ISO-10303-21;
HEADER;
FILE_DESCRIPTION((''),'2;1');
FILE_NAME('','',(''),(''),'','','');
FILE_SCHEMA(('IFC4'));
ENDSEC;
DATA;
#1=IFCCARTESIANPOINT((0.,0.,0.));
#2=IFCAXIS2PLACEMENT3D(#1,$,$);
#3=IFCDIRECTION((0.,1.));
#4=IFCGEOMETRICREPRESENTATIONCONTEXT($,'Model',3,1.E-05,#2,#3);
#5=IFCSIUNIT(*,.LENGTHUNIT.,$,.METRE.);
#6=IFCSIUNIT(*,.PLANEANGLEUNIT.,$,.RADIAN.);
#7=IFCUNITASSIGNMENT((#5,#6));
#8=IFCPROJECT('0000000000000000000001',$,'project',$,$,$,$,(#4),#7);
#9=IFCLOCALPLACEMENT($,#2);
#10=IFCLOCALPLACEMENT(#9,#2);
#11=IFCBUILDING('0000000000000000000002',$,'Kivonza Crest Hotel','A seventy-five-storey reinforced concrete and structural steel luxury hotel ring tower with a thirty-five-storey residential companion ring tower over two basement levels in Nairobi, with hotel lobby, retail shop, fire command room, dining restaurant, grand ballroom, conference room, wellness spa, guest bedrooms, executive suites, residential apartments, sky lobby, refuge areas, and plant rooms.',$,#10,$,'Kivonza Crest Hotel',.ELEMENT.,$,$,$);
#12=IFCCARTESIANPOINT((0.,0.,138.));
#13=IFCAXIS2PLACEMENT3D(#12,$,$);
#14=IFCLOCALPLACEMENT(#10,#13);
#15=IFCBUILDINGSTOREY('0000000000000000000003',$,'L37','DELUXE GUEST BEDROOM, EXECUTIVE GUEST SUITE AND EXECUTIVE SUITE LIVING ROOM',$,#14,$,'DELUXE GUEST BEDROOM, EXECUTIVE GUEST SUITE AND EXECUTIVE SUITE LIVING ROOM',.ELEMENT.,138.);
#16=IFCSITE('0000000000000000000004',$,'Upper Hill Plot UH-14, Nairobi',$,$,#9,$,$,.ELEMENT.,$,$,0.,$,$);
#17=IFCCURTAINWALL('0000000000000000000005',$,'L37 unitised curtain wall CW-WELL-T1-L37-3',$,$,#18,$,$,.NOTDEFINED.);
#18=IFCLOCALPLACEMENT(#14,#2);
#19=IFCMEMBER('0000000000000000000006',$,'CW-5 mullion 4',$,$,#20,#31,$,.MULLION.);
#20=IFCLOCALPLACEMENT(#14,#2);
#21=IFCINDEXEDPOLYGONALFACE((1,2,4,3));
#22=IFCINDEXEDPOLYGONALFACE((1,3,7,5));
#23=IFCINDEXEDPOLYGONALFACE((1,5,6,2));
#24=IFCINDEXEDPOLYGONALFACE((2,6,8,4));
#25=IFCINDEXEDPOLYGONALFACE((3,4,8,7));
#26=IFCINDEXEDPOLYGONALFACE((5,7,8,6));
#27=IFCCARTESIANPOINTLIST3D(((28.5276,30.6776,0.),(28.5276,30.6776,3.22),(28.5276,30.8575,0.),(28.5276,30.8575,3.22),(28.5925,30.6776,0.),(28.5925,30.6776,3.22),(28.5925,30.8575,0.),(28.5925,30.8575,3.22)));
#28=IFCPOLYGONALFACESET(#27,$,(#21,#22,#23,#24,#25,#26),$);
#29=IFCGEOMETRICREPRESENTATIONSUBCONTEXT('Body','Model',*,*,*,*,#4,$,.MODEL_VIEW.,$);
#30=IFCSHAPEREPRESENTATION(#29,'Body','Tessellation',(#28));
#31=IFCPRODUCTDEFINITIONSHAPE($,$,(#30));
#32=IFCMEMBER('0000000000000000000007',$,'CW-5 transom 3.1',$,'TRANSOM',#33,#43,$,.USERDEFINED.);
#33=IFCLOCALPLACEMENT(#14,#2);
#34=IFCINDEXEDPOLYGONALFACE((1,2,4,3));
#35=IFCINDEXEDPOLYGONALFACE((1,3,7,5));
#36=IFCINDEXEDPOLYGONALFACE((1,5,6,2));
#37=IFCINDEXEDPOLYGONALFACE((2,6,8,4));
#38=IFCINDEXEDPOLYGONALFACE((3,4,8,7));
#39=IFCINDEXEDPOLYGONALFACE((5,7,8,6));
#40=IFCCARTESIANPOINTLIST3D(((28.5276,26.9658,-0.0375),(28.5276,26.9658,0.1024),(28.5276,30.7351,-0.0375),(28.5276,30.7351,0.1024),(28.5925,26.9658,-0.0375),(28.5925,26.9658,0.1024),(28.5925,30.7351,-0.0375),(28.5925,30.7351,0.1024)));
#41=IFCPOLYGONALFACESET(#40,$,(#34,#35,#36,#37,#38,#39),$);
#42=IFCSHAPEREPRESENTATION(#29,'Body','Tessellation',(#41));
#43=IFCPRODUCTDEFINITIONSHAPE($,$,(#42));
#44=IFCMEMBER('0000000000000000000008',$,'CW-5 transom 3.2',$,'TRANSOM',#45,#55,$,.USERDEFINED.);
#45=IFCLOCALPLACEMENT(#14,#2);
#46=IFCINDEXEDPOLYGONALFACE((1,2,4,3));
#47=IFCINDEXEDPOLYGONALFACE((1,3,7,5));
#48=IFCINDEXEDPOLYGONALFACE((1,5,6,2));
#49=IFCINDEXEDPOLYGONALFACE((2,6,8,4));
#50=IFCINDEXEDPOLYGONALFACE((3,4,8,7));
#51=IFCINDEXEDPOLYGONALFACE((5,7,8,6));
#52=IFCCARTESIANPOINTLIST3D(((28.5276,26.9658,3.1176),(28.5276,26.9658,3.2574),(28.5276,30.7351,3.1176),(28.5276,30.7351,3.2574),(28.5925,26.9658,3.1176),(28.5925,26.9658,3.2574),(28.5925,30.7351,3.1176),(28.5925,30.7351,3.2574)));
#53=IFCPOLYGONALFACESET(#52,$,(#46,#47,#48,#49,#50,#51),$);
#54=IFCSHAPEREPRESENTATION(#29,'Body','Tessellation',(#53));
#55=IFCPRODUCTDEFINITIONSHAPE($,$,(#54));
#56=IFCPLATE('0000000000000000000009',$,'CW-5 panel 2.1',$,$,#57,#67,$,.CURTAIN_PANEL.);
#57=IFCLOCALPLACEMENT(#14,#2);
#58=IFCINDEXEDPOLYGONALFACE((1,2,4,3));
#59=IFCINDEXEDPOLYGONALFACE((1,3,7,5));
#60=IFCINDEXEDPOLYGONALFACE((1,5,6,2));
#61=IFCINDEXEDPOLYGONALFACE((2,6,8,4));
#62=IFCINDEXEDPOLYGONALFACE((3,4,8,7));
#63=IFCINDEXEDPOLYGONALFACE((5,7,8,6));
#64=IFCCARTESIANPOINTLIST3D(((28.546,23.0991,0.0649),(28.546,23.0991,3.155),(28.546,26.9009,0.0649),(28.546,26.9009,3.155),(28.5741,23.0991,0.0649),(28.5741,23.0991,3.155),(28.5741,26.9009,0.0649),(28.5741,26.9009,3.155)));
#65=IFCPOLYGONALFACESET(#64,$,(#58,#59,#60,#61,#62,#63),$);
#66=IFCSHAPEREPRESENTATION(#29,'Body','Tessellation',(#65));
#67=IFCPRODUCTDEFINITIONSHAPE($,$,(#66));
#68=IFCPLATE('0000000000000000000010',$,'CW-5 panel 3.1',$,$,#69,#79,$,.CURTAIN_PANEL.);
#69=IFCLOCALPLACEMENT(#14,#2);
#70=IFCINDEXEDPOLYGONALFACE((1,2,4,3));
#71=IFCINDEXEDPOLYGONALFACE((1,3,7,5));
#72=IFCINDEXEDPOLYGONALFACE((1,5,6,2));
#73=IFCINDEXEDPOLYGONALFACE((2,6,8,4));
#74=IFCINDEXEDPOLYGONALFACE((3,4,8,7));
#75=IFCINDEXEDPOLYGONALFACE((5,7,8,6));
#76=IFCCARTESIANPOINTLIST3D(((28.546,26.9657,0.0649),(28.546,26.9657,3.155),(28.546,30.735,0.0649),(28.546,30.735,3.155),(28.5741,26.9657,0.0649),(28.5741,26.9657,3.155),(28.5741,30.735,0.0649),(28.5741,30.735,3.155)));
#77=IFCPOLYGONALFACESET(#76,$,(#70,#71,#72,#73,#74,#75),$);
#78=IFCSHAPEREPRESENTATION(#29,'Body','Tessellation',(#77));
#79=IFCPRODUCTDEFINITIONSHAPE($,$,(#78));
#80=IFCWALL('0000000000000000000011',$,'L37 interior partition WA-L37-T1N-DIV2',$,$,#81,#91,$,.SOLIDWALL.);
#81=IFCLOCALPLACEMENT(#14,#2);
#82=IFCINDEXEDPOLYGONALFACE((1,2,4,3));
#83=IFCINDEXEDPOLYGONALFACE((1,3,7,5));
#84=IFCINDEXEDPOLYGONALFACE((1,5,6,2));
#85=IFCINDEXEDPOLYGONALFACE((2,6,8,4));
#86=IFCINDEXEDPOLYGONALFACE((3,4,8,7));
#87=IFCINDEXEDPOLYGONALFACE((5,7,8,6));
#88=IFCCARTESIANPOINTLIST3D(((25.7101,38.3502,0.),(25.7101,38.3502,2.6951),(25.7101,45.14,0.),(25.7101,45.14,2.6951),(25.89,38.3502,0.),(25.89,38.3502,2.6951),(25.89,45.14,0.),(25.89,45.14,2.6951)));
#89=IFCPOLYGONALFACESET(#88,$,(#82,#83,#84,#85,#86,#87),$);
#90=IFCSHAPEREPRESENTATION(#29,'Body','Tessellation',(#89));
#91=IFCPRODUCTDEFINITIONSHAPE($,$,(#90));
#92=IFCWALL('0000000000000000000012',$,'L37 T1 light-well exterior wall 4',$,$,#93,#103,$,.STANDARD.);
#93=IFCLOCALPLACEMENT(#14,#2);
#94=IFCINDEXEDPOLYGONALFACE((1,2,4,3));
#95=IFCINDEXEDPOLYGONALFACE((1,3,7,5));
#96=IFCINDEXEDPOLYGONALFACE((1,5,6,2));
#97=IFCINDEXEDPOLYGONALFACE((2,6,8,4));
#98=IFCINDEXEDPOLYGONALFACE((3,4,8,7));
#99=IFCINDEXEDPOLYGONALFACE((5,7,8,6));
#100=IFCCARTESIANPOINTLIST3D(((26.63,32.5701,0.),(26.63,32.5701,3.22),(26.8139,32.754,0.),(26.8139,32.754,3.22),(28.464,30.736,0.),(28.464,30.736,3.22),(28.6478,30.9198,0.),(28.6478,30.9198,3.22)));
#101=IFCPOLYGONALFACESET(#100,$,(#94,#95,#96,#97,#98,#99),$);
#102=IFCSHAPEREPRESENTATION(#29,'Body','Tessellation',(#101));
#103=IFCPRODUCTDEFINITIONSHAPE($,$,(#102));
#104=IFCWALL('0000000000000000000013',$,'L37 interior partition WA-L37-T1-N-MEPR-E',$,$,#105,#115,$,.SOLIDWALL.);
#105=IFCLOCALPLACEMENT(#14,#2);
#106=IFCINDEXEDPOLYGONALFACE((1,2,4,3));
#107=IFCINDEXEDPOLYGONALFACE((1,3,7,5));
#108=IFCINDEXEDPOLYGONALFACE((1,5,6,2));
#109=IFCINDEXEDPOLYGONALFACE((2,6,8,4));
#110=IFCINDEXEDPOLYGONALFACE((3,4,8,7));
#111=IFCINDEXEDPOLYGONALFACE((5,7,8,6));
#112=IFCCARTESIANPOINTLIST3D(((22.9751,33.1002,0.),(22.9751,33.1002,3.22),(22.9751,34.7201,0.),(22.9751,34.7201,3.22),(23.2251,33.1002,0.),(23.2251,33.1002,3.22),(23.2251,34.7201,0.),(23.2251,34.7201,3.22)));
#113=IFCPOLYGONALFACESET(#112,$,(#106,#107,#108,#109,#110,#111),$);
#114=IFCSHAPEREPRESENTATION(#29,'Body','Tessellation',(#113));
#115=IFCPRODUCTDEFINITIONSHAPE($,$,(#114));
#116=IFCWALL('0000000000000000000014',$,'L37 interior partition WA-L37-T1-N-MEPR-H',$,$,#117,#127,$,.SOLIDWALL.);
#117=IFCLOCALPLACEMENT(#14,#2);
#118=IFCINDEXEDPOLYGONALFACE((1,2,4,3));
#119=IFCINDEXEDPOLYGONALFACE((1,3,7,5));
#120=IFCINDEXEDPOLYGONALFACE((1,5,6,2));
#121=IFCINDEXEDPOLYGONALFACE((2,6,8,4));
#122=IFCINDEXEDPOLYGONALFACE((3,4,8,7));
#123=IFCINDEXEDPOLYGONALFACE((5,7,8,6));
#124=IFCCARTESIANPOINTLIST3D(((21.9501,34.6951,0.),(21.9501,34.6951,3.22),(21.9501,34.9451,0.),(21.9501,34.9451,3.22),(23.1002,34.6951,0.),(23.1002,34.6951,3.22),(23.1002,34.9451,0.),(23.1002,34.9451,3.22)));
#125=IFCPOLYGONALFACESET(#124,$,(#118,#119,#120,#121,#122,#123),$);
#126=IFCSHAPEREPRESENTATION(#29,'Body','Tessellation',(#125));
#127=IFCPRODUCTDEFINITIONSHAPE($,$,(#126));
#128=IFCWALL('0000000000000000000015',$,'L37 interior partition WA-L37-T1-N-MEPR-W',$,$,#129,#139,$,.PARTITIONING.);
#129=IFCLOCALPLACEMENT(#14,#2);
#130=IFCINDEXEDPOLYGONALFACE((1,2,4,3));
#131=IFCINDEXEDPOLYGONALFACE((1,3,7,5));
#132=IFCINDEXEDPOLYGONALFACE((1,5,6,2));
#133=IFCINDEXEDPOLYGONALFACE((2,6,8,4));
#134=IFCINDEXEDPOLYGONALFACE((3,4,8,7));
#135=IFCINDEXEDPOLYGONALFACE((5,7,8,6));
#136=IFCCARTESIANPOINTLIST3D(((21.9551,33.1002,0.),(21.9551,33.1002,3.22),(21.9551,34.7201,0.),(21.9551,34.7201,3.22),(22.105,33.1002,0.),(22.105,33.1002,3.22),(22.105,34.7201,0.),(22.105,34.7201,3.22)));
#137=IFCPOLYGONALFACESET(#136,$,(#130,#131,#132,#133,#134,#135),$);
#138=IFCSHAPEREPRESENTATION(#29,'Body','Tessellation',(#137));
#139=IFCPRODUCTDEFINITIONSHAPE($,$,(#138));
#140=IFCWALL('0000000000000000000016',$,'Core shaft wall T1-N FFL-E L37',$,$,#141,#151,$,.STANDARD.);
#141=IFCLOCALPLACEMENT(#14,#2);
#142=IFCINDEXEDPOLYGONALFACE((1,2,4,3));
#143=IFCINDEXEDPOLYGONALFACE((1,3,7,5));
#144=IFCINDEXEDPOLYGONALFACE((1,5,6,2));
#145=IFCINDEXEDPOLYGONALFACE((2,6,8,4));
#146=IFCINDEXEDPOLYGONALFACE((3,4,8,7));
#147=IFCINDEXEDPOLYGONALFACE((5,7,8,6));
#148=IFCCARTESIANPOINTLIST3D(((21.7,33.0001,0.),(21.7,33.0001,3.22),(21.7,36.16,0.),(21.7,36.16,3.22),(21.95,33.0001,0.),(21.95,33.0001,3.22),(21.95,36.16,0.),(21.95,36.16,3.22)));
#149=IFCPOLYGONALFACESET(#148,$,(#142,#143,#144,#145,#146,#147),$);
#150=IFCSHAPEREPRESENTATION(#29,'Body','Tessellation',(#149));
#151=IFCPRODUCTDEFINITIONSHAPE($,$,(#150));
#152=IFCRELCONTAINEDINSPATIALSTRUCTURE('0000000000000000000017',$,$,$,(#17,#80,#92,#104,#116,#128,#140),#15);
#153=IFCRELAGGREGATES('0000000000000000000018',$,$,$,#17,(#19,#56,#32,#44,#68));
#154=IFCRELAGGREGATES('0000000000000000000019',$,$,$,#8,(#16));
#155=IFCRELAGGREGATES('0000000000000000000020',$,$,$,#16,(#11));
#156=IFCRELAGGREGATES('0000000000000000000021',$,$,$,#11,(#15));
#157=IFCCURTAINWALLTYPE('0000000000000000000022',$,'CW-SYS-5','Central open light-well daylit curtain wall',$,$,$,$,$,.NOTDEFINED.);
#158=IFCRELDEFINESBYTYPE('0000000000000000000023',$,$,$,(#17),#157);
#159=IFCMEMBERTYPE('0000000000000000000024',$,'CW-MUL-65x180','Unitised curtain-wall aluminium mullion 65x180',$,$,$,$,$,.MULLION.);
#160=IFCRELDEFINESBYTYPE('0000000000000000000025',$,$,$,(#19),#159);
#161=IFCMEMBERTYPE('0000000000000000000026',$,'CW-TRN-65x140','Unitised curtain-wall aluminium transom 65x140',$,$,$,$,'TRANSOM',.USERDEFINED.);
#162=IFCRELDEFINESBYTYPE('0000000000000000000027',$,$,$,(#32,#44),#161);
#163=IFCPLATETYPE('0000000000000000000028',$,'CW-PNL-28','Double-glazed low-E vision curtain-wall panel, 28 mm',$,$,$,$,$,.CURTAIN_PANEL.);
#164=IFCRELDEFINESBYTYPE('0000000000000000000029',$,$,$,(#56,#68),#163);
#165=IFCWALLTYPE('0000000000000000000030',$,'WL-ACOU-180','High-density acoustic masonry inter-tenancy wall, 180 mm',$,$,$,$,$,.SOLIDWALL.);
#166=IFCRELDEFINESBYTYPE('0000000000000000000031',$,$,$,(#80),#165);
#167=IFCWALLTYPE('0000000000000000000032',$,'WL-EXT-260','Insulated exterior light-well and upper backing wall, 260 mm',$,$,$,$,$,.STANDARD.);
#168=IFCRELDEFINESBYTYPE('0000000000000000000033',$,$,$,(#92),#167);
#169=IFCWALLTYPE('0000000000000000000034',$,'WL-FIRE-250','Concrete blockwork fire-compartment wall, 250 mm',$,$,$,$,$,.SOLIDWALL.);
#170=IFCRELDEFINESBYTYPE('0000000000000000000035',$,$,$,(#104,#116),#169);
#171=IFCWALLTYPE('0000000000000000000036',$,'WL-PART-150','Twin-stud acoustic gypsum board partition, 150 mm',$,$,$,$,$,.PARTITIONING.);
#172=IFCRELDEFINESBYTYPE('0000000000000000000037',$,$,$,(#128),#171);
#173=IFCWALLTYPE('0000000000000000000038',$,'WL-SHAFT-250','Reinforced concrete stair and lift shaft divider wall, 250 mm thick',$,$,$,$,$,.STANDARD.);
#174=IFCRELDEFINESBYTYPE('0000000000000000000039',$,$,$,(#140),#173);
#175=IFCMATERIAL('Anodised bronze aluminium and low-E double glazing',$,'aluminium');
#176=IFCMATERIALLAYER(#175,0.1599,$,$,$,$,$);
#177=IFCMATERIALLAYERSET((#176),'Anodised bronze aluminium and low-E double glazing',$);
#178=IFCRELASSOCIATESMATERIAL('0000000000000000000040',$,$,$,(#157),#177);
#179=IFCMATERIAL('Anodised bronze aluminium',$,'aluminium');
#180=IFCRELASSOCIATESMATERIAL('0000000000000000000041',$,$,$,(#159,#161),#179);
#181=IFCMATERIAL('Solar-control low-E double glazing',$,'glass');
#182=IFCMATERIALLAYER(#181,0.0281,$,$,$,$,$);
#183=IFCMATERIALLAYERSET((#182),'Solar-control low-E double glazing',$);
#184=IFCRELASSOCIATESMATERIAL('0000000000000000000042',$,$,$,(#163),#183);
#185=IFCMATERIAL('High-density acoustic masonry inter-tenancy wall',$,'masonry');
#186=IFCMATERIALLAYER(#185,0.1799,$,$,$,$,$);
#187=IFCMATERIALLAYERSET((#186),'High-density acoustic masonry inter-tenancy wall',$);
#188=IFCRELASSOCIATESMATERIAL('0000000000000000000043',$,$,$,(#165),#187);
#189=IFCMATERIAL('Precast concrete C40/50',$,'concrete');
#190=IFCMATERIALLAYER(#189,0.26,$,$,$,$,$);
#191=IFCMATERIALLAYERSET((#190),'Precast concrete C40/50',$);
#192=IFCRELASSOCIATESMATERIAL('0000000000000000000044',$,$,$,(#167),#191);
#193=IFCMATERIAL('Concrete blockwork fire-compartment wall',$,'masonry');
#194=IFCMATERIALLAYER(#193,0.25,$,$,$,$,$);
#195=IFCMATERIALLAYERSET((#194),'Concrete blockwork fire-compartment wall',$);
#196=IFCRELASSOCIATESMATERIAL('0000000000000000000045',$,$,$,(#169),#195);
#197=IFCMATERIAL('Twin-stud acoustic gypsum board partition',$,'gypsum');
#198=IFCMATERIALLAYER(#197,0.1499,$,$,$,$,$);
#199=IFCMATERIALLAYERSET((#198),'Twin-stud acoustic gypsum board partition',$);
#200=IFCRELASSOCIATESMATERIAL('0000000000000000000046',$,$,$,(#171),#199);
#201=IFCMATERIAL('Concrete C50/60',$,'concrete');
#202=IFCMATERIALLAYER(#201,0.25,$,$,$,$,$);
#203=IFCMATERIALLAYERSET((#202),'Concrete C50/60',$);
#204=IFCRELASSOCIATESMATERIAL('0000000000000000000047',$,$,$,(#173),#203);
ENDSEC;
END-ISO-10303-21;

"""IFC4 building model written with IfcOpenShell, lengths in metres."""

from ifc_helpers import new_model, si_unit, direction, frame, frame_2d, origin, origin_2d, place, context, subcontext, project, spatial, rectangle, extrude, material, layer, layer_set, material_profile, profile_set, type_object, element, aggregate, save


model = new_model("IFC4")

# Units and contexts
model_context = context("Model", 3, precision=1e-05, world=origin(), true_north=direction((0.0, 1.0)))
body_context = subcontext(model_context, "Body", "Model", "MODEL_VIEW")
ifc_project = project(units=[si_unit("LENGTHUNIT", "METRE"), si_unit("PLANEANGLEUNIT", "RADIAN")], contexts=[model_context])

# Site, building, storey
site_placement = place(None, origin())
site = spatial("IfcSite", under=ifc_project, at=site_placement, Name="Upper Hill Plot UH-14, Nairobi", CompositionType="ELEMENT", RefElevation=0.0)
building_placement = place(site_placement, origin())
building = spatial("IfcBuilding", under=site, at=building_placement, Name="Kivonza Crest Hotel", Description="A seventy-five-storey reinforced concrete and structural steel luxury hotel ring tower with a thirty-five-storey residential companion ring tower over two basement levels in Nairobi, with hotel lobby, retail shop, fire command room, dining restaurant, grand ballroom, conference room, wellness spa, guest bedrooms, executive suites, residential apartments, sky lobby, refuge areas, and plant rooms.", LongName="Kivonza Crest Hotel", CompositionType="ELEMENT")
storey_placement = place(building_placement, frame((0.0, 0.0, 138.0)))
storey = spatial("IfcBuildingStorey", under=building, at=storey_placement, Name="L37", Description="DELUXE GUEST BEDROOM, EXECUTIVE GUEST SUITE AND EXECUTIVE SUITE LIVING ROOM", LongName="DELUXE GUEST BEDROOM, EXECUTIVE GUEST SUITE AND EXECUTIVE SUITE LIVING ROOM", CompositionType="ELEMENT", Elevation=138.0)

# Shared definitions
ifc_material_1 = material(Name="Concrete C50/60", Category="concrete")

# Curtain wall, members, plates
ifc_material_2 = material(Name="Anodised bronze aluminium and low-E double glazing", Category="aluminium")
ifc_layer_1 = layer(ifc_material_2, 0.1599)
ifc_layer_set_1 = layer_set([ifc_layer_1], Name="Anodised bronze aluminium and low-E double glazing")
curtain_wall_type = type_object("IfcCurtainWallType", Name="CW-SYS-5", Description="Central open light-well daylit curtain wall", PredefinedType="NOTDEFINED", material=ifc_layer_set_1)
curtain_wall_placement = place(storey_placement, origin())
curtain_wall = element("IfcCurtainWall", 1, at=curtain_wall_placement, inside=storey, type_object=curtain_wall_type, Name="L37 unitised curtain wall CW-WELL-T1-L37-3", PredefinedType="NOTDEFINED")
ifc_material_3 = material(Name="Anodised bronze aluminium", Category="aluminium")
ifc_material_profile_1 = material_profile(ifc_material_3, rectangle(XDim=0.0649, YDim=0.1799, at=origin_2d()), Name="CW-M 65x180")
ifc_profile_set_1 = profile_set([ifc_material_profile_1], Name="Anodised bronze aluminium")
member_type_1 = type_object("IfcMemberType", Name="CW-MUL-65x180", Description="Unitised curtain-wall aluminium mullion 65x180", PredefinedType="MULLION", material=ifc_profile_set_1)
member_1_placement = place(storey_placement, frame((28.5601, 30.7676, 0.0), z_axis=(0.0, 0.0, 1.0), x_axis=(-1.0, 0.0, 0.0)))
member_1 = element("IfcMember", 2, at=member_1_placement, type_object=member_type_1, Name="CW-5 mullion 4", PredefinedType="MULLION", context=body_context, shape_type="SweptSolid", body=[
    extrude(rectangle(XDim=0.0649, YDim=0.1799, at=origin_2d()), origin(), (0.0, 0.0, 1.0), 3.22),
])
ifc_material_profile_2 = material_profile(ifc_material_3, rectangle(XDim=0.0649, YDim=0.1399, at=origin_2d()), Name="CW-T 65x140")
ifc_profile_set_2 = profile_set([ifc_material_profile_2], Name="Anodised bronze aluminium")
member_type_2 = type_object("IfcMemberType", Name="CW-TRN-65x140", Description="Unitised curtain-wall aluminium transom 65x140", ElementType="TRANSOM", PredefinedType="USERDEFINED", material=ifc_profile_set_2)
member_2_placement = place(storey_placement, frame((28.5601, 26.9658, 0.0325), z_axis=(0.0, 1.0, 0.0), x_axis=(-1.0, 0.0, 0.0)))
member_2 = element("IfcMember", 3, at=member_2_placement, type_object=member_type_2, Name="CW-5 transom 3.1", ObjectType="TRANSOM", PredefinedType="USERDEFINED", context=body_context, shape_type="SweptSolid", body=[
    extrude(rectangle(XDim=0.0649, YDim=0.1399, at=origin_2d()), origin(), (0.0, 0.0, 1.0), 3.7693),
])
member_3_placement = place(storey_placement, frame((28.5601, 26.9658, 3.1875), z_axis=(0.0, 1.0, 0.0), x_axis=(-1.0, 0.0, 0.0)))
member_3 = element("IfcMember", 4, at=member_3_placement, type_object=member_type_2, Name="CW-5 transom 3.2", ObjectType="TRANSOM", PredefinedType="USERDEFINED", context=body_context, shape_type="SweptSolid", body=[
    extrude(rectangle(XDim=0.0649, YDim=0.1399, at=origin_2d()), origin(), (0.0, 0.0, 1.0), 3.7693),
])
ifc_material_4 = material(Name="Solar-control low-E double glazing", Category="glass")
ifc_layer_2 = layer(ifc_material_4, 0.0281)
ifc_layer_set_2 = layer_set([ifc_layer_2], Name="Solar-control low-E double glazing")
plate_type = type_object("IfcPlateType", Name="CW-PNL-28", Description="Double-glazed low-E vision curtain-wall panel, 28 mm", PredefinedType="CURTAIN_PANEL", material=ifc_layer_set_2)
plate_1_placement = place(storey_placement, frame((28.5601, 25.0, 0.0649), z_axis=(0.0, 0.0, 1.0), x_axis=(0.0, 1.0, 0.0)))
plate_1 = element("IfcPlate", 5, at=plate_1_placement, type_object=plate_type, Name="CW-5 panel 2.1", PredefinedType="CURTAIN_PANEL", context=body_context, shape_type="SweptSolid", body=[
    extrude(rectangle(XDim=3.8018, YDim=0.0281, at=origin_2d()), origin(), (0.0, 0.0, 1.0), 3.0901),
])
plate_2_placement = place(storey_placement, frame((28.5601, 28.8503, 0.0649), z_axis=(0.0, 0.0, 1.0), x_axis=(0.0, 1.0, 0.0)))
plate_2 = element("IfcPlate", 6, at=plate_2_placement, type_object=plate_type, Name="CW-5 panel 3.1", PredefinedType="CURTAIN_PANEL", context=body_context, shape_type="SweptSolid", body=[
    extrude(rectangle(XDim=3.7693, YDim=0.0281, at=origin_2d()), origin(), (0.0, 0.0, 1.0), 3.0901),
])
aggregate(curtain_wall, [member_1, plate_1, member_2, member_3, plate_2])

# Walls
ifc_material_5 = material(Name="High-density acoustic masonry inter-tenancy wall", Category="masonry")
ifc_layer_3 = layer(ifc_material_5, 0.1799)
ifc_layer_set_3 = layer_set([ifc_layer_3], Name="High-density acoustic masonry inter-tenancy wall")
wall_type_1 = type_object("IfcWallType", Name="WL-ACOU-180", Description="High-density acoustic masonry inter-tenancy wall, 180 mm", PredefinedType="SOLIDWALL", material=ifc_layer_set_3)
wall_1_placement = place(storey_placement, frame((25.8, 38.3501, 0.0), z_axis=(0.0, 0.0, 1.0), x_axis=(0.0, 1.0, 0.0)))
element("IfcWall", 7, at=wall_1_placement, inside=storey, type_object=wall_type_1, Name="L37 interior partition WA-L37-T1N-DIV2", PredefinedType="SOLIDWALL", context=body_context, shape_type="SweptSolid", body=[
    extrude(rectangle(XDim=6.7898, YDim=0.1799, at=frame_2d((3.395, 0.0))), origin(), (0.0, 0.0, 1.0), 2.6951),
])
ifc_material_6 = material(Name="Precast concrete C40/50", Category="concrete")
ifc_layer_4 = layer(ifc_material_6, 0.26)
ifc_layer_set_4 = layer_set([ifc_layer_4], Name="Precast concrete C40/50")
wall_type_2 = type_object("IfcWallType", Name="WL-EXT-260", Description="Insulated exterior light-well and upper backing wall, 260 mm", PredefinedType="STANDARD", material=ifc_layer_set_4)
wall_2_placement = place(storey_placement, frame((28.5559, 30.8279, 0.0), z_axis=(0.0, 0.0, 1.0), x_axis=(-0.70706, 0.707154, 0.0)))
element("IfcWall", 8, at=wall_2_placement, inside=storey, type_object=wall_type_2, Name="L37 T1 light-well exterior wall 4", PredefinedType="STANDARD", context=body_context, shape_type="SweptSolid", body=[
    extrude(rectangle(XDim=2.5938, YDim=0.26, at=frame_2d((1.2969, 0.0))), origin(), (0.0, 0.0, 1.0), 3.22),
])
ifc_material_7 = material(Name="Concrete blockwork fire-compartment wall", Category="masonry")
ifc_layer_5 = layer(ifc_material_7, 0.25)
ifc_layer_set_5 = layer_set([ifc_layer_5], Name="Concrete blockwork fire-compartment wall")
wall_type_3 = type_object("IfcWallType", Name="WL-FIRE-250", Description="Concrete blockwork fire-compartment wall, 250 mm", PredefinedType="SOLIDWALL", material=ifc_layer_set_5)
wall_3_placement = place(storey_placement, frame((23.1001, 33.1001, 0.0), z_axis=(0.0, 0.0, 1.0), x_axis=(0.0, 1.0, 0.0)))
element("IfcWall", 9, at=wall_3_placement, inside=storey, type_object=wall_type_3, Name="L37 interior partition WA-L37-T1-N-MEPR-E", PredefinedType="SOLIDWALL", context=body_context, shape_type="SweptSolid", body=[
    extrude(rectangle(XDim=1.6199, YDim=0.25, at=frame_2d((0.8101, 0.0))), origin(), (0.0, 0.0, 1.0), 3.22),
])
wall_4_placement = place(storey_placement, frame((21.95, 34.8201, 0.0), z_axis=(0.0, 0.0, 1.0), x_axis=(1.0, 0.0, 0.0)))
element("IfcWall", 10, at=wall_4_placement, inside=storey, type_object=wall_type_3, Name="L37 interior partition WA-L37-T1-N-MEPR-H", PredefinedType="SOLIDWALL", context=body_context, shape_type="SweptSolid", body=[
    extrude(rectangle(XDim=1.1501, YDim=0.25, at=frame_2d((0.5752, 0.0))), origin(), (0.0, 0.0, 1.0), 3.22),
])
ifc_material_8 = material(Name="Twin-stud acoustic gypsum board partition", Category="gypsum")
ifc_layer_6 = layer(ifc_material_8, 0.1499)
ifc_layer_set_6 = layer_set([ifc_layer_6], Name="Twin-stud acoustic gypsum board partition")
wall_type_4 = type_object("IfcWallType", Name="WL-PART-150", Description="Twin-stud acoustic gypsum board partition, 150 mm", PredefinedType="PARTITIONING", material=ifc_layer_set_6)
wall_5_placement = place(storey_placement, frame((22.03, 33.1001, 0.0), z_axis=(0.0, 0.0, 1.0), x_axis=(0.0, 1.0, 0.0)))
element("IfcWall", 11, at=wall_5_placement, inside=storey, type_object=wall_type_4, Name="L37 interior partition WA-L37-T1-N-MEPR-W", PredefinedType="PARTITIONING", context=body_context, shape_type="SweptSolid", body=[
    extrude(rectangle(XDim=1.6199, YDim=0.1499, at=frame_2d((0.8101, 0.0))), origin(), (0.0, 0.0, 1.0), 3.22),
])

# Shared definitions
ifc_layer_7 = layer(ifc_material_1, 0.25)
ifc_layer_set_7 = layer_set([ifc_layer_7], Name="Concrete C50/60")
wall_type_5 = type_object("IfcWallType", Name="WL-SHAFT-250", Description="Reinforced concrete stair and lift shaft divider wall, 250 mm thick", PredefinedType="STANDARD", material=ifc_layer_set_7)

# Wall
wall_6_placement = place(storey_placement, frame((21.825, 33.0, 0.0), z_axis=(0.0, 0.0, 1.0), x_axis=(0.0, 1.0, 0.0)))
element("IfcWall", 12, at=wall_6_placement, inside=storey, type_object=wall_type_5, Name="Core shaft wall T1-N FFL-E L37", PredefinedType="STANDARD", context=body_context, shape_type="SweptSolid", body=[
    extrude(rectangle(XDim=3.1599, YDim=0.25, at=frame_2d((1.5801, 0.0))), origin(), (0.0, 0.0, 1.0), 3.22),
])

save(model, "model.ifc")
